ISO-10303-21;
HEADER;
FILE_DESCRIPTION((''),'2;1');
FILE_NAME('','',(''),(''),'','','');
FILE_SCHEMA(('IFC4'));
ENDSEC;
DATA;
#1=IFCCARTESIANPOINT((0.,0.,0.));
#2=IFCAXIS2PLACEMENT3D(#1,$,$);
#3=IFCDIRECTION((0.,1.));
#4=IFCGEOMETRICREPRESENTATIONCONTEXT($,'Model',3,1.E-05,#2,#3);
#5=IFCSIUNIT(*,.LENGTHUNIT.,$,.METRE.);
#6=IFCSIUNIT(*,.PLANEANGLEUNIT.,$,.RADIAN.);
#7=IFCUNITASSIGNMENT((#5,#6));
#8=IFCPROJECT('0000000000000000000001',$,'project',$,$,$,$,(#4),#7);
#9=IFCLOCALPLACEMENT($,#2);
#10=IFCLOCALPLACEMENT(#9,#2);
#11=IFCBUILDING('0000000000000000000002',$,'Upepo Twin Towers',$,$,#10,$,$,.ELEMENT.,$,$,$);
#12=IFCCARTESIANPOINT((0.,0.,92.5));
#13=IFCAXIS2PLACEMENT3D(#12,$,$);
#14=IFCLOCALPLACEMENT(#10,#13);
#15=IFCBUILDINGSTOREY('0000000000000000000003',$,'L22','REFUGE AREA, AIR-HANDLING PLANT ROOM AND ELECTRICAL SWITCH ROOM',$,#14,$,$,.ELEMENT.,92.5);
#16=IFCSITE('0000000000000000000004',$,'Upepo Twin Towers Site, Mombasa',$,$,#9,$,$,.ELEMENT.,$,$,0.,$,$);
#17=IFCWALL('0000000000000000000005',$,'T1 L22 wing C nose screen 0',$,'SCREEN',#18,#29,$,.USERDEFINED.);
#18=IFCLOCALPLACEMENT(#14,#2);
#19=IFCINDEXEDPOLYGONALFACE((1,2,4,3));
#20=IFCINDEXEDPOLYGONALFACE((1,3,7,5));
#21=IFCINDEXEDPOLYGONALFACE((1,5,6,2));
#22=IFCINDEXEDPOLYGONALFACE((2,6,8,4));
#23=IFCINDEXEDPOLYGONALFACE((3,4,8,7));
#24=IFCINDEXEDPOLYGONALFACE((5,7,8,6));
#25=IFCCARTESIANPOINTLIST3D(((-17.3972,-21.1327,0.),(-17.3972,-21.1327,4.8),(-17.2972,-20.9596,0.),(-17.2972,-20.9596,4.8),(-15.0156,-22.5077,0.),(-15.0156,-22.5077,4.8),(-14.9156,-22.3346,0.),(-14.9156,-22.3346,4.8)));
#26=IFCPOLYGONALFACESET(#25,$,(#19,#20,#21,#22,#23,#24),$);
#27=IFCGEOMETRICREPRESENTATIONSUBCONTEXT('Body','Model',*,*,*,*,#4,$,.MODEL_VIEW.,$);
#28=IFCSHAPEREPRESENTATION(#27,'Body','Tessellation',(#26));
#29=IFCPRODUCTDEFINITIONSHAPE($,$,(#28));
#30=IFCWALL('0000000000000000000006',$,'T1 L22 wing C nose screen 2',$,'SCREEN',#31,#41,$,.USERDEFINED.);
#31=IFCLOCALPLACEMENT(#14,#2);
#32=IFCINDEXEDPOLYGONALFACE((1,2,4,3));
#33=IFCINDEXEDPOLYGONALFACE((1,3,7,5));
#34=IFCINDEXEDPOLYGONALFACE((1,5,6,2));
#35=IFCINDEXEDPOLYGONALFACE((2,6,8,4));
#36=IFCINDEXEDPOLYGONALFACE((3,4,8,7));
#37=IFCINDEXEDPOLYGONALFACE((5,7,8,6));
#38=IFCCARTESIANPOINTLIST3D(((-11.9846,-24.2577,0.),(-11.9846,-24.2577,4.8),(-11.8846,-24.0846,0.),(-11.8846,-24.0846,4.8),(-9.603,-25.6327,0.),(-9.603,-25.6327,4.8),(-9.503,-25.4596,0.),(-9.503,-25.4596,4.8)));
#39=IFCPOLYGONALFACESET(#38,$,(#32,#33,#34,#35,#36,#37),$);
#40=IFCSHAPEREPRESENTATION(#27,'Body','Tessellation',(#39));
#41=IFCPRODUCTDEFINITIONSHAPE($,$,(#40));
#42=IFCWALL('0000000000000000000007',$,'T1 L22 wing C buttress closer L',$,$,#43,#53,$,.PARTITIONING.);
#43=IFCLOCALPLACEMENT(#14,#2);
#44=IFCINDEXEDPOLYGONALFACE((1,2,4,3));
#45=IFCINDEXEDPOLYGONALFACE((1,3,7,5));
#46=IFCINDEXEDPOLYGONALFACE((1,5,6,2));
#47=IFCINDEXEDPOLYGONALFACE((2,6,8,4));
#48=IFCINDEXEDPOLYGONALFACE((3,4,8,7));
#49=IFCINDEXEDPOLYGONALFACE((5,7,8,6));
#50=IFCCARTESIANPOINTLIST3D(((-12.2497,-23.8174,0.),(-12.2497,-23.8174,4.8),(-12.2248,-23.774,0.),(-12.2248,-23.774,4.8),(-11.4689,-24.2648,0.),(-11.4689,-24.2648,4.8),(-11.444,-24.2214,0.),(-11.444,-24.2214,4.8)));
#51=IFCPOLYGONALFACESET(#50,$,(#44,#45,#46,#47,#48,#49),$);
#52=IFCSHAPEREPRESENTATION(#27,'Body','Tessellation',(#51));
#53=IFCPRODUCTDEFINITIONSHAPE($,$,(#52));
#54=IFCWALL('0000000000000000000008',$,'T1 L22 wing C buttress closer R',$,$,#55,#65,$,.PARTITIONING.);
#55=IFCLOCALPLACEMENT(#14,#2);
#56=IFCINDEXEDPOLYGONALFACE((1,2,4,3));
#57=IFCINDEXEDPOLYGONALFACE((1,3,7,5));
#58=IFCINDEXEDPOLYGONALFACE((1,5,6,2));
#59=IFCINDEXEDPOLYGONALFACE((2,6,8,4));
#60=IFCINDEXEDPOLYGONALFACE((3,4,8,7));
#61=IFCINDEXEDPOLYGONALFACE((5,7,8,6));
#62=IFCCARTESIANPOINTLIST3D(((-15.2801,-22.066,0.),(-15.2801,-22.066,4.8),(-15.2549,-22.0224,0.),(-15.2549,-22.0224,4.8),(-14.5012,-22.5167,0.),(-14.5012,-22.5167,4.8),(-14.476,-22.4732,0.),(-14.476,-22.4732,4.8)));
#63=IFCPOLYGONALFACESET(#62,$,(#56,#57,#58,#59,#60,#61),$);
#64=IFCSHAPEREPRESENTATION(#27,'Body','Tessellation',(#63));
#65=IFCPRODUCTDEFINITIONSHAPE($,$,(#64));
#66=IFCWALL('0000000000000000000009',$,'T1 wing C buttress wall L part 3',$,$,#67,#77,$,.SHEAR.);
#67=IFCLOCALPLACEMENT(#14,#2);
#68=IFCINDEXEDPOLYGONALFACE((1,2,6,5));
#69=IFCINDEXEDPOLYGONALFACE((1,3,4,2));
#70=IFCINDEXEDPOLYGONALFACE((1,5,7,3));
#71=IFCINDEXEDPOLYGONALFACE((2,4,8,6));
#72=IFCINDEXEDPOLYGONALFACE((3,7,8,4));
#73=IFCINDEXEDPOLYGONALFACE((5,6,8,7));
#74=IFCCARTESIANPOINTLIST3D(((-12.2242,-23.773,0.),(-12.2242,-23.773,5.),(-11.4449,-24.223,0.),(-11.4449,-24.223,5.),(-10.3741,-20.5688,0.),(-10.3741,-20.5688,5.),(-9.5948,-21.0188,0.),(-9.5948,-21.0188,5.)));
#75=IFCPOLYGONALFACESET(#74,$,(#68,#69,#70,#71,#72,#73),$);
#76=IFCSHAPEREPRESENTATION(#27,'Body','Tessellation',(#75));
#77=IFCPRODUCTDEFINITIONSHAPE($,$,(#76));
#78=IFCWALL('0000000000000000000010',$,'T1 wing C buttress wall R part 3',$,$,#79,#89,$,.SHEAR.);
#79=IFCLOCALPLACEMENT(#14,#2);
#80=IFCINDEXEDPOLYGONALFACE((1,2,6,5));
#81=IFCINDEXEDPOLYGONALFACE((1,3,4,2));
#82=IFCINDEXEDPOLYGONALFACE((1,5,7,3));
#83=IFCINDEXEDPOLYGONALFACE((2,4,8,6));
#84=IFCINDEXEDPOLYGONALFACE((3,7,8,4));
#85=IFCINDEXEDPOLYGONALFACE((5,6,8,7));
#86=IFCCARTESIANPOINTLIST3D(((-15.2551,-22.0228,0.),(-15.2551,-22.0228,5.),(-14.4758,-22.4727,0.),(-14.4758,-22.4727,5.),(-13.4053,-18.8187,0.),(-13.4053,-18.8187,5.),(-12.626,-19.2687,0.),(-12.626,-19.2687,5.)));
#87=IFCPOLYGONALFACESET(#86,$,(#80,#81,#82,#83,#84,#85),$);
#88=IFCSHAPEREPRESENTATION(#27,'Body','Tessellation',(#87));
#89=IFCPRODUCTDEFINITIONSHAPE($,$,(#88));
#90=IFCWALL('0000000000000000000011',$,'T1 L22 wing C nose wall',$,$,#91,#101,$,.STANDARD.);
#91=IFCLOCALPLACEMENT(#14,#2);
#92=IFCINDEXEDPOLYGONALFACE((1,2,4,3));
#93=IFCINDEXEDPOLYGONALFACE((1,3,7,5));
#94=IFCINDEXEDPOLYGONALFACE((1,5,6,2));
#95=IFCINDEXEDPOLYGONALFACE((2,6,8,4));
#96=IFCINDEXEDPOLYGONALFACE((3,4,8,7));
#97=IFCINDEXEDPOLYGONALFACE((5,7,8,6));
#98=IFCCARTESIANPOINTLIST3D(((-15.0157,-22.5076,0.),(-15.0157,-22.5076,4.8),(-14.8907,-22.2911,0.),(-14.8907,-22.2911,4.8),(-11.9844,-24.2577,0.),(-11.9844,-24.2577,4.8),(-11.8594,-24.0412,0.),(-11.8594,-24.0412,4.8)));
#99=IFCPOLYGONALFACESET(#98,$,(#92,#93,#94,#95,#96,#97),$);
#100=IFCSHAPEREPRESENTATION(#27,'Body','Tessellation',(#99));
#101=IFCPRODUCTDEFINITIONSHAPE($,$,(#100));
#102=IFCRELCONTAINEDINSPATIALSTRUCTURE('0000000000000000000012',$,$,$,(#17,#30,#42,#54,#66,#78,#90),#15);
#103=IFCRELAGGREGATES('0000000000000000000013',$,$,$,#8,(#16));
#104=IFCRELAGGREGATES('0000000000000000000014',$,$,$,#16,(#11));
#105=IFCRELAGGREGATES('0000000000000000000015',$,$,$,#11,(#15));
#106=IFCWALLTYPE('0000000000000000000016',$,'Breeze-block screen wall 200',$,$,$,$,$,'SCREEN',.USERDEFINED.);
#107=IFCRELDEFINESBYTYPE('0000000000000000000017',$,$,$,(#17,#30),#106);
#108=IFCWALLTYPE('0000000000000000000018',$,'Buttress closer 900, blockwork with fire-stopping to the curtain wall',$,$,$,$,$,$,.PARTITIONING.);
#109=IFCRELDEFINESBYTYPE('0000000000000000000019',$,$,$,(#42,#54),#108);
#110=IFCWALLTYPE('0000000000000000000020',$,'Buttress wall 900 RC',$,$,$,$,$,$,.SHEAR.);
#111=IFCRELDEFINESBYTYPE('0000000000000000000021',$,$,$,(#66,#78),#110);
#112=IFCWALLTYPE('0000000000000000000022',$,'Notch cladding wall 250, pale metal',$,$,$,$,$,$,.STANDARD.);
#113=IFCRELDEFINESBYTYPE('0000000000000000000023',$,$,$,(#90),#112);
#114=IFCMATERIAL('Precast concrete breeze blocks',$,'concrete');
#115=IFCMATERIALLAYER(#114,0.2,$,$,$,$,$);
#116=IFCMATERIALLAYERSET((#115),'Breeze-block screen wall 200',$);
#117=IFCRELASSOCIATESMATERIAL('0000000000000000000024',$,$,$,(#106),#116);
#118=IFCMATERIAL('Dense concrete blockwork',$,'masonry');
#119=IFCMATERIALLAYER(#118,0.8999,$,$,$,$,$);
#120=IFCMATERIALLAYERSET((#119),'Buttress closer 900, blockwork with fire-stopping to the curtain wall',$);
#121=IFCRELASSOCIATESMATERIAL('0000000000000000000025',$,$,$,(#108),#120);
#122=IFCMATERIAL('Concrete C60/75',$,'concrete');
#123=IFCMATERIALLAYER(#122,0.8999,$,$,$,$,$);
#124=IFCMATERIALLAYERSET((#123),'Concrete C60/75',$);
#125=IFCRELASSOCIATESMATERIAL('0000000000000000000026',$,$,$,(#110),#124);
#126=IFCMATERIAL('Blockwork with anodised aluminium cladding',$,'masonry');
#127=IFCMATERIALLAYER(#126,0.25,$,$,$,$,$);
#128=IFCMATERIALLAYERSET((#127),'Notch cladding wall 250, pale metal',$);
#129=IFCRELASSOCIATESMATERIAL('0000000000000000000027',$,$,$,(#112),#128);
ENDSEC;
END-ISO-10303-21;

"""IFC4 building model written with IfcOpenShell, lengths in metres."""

from ifc_helpers import new_model, si_unit, direction, frame, frame_2d, origin, place, context, subcontext, project, spatial, rectangle, extrude, material, layer, layer_set, type_object, element, save


model = new_model("IFC4")

# Units and contexts
model_context = context("Model", 3, precision=1e-05, world=origin(), true_north=direction((0.0, 1.0)))
body_context = subcontext(model_context, "Body", "Model", "MODEL_VIEW")
ifc_project = project(units=[si_unit("LENGTHUNIT", "METRE"), si_unit("PLANEANGLEUNIT", "RADIAN")], contexts=[model_context])

# Site, building, storey
site_placement = place(None, origin())
site = spatial("IfcSite", under=ifc_project, at=site_placement, Name="Upepo Twin Towers Site, Mombasa", CompositionType="ELEMENT", RefElevation=0.0)
building_placement = place(site_placement, origin())
building = spatial("IfcBuilding", under=site, at=building_placement, Name="Upepo Twin Towers", CompositionType="ELEMENT")
storey_placement = place(building_placement, frame((0.0, 0.0, 92.5)))
storey = spatial("IfcBuildingStorey", under=building, at=storey_placement, Name="L22", Description="REFUGE AREA, AIR-HANDLING PLANT ROOM AND ELECTRICAL SWITCH ROOM", CompositionType="ELEMENT", Elevation=92.5)

# Walls
ifc_material_1 = material(Name="Precast concrete breeze blocks", Category="concrete")
ifc_layer_1 = layer(ifc_material_1, 0.2)
ifc_layer_set_1 = layer_set([ifc_layer_1], Name="Breeze-block screen wall 200")
wall_type_1 = type_object("IfcWallType", Name="Breeze-block screen wall 200", ElementType="SCREEN", PredefinedType="USERDEFINED", material=ifc_layer_set_1)
for number, where, z_axis, x_axis, name in (
    (1, (-17.3472, -21.0461, 0.0), (0.0, 0.0, 1.0), (0.866027, -0.499997, 0.0), "T1 L22 wing C nose screen 0"),
    (2, (-11.9346, -24.1711, 0.0), (0.0, 0.0, 1.0), (0.866027, -0.499997, 0.0), "T1 L22 wing C nose screen 2"),
):
    element("IfcWall", number, at=place(storey_placement, frame(where, z_axis=z_axis, x_axis=x_axis)), inside=storey, type_object=wall_type_1, Name=name, ObjectType="SCREEN", PredefinedType="USERDEFINED", context=body_context, shape_type="SweptSolid", body=[
        extrude(rectangle(XDim=2.75, YDim=0.2, at=frame_2d((1.375, 0.0))), origin(), (0.0, 0.0, 1.0), 4.8),
    ])
ifc_material_2 = material(Name="Dense concrete blockwork", Category="masonry")
ifc_layer_2 = layer(ifc_material_2, 0.8999)
ifc_layer_set_2 = layer_set([ifc_layer_2], Name="Buttress closer 900, blockwork with fire-stopping to the curtain wall")
wall_type_2 = type_object("IfcWallType", Name="Buttress closer 900, blockwork with fire-stopping to the curtain wall", PredefinedType="PARTITIONING", material=ifc_layer_set_2)
wall_1_placement = place(storey_placement, frame((-11.8345, -23.9978, 0.0), z_axis=(0.0, 0.0, 1.0), x_axis=(-0.497188, -0.867643, 0.0)))
element("IfcWall", 3, at=wall_1_placement, inside=storey, type_object=wall_type_2, Name="T1 L22 wing C buttress closer L", PredefinedType="PARTITIONING", context=body_context, shape_type="SweptSolid", body=[
    extrude(rectangle(XDim=0.05, YDim=0.8999, at=frame_2d((0.0249, 0.0))), origin(), (0.0, 0.0, 1.0), 4.8),
])
wall_2_placement = place(storey_placement, frame((-14.8655, -22.2478, 0.0), z_axis=(0.0, 0.0, 1.0), x_axis=(-0.500845, -0.865537, 0.0)))
element("IfcWall", 4, at=wall_2_placement, inside=storey, type_object=wall_type_2, Name="T1 L22 wing C buttress closer R", PredefinedType="PARTITIONING", context=body_context, shape_type="SweptSolid", body=[
    extrude(rectangle(XDim=0.0503, YDim=0.8999, at=frame_2d((0.0251, 0.0))), origin(), (0.0, 0.0, 1.0), 4.8),
])
ifc_material_3 = material(Name="Concrete C60/75", Category="concrete")
ifc_layer_3 = layer(ifc_material_3, 0.8999)
ifc_layer_set_3 = layer_set([ifc_layer_3], Name="Concrete C60/75")
wall_type_3 = type_object("IfcWallType", Name="Buttress wall 900 RC", PredefinedType="SHEAR", material=ifc_layer_set_3)
wall_3_placement = place(storey_placement, frame((-9.9844, -20.7937, 0.0), z_axis=(0.0, 0.0, 1.0), x_axis=(-0.500042, -0.866001, 0.0)))
element("IfcWall", 5, at=wall_3_placement, inside=storey, type_object=wall_type_3, Name="T1 wing C buttress wall L part 3", PredefinedType="SHEAR", context=body_context, shape_type="SweptSolid", body=[
    extrude(rectangle(XDim=3.7, YDim=0.8999, at=frame_2d((1.8501, 0.0))), origin(), (0.0, 0.0, 1.0), 5.0),
])
wall_4_placement = place(storey_placement, frame((-13.0156, -19.0437, 0.0), z_axis=(0.0, 0.0, 1.0), x_axis=(-0.499993, -0.86603, 0.0)))
element("IfcWall", 6, at=wall_4_placement, inside=storey, type_object=wall_type_3, Name="T1 wing C buttress wall R part 3", PredefinedType="SHEAR", context=body_context, shape_type="SweptSolid", body=[
    extrude(rectangle(XDim=3.6997, YDim=0.8999, at=frame_2d((1.8499, 0.0))), origin(), (0.0, 0.0, 1.0), 5.0),
])
ifc_material_4 = material(Name="Blockwork with anodised aluminium cladding", Category="masonry")
ifc_layer_4 = layer(ifc_material_4, 0.25)
ifc_layer_set_4 = layer_set([ifc_layer_4], Name="Notch cladding wall 250, pale metal")
wall_type_4 = type_object("IfcWallType", Name="Notch cladding wall 250, pale metal", PredefinedType="STANDARD", material=ifc_layer_set_4)
wall_5_placement = place(storey_placement, frame((-14.9531, -22.3994, 0.0), z_axis=(0.0, 0.0, 1.0), x_axis=(0.866037, -0.49998, 0.0)))
element("IfcWall", 7, at=wall_5_placement, inside=storey, type_object=wall_type_4, Name="T1 L22 wing C nose wall", PredefinedType="STANDARD", context=body_context, shape_type="SweptSolid", body=[
    extrude(rectangle(XDim=3.5002, YDim=0.25, at=frame_2d((1.75, 0.0))), origin(), (0.0, 0.0, 1.0), 4.8),
])

save(model, "model.ifc")
